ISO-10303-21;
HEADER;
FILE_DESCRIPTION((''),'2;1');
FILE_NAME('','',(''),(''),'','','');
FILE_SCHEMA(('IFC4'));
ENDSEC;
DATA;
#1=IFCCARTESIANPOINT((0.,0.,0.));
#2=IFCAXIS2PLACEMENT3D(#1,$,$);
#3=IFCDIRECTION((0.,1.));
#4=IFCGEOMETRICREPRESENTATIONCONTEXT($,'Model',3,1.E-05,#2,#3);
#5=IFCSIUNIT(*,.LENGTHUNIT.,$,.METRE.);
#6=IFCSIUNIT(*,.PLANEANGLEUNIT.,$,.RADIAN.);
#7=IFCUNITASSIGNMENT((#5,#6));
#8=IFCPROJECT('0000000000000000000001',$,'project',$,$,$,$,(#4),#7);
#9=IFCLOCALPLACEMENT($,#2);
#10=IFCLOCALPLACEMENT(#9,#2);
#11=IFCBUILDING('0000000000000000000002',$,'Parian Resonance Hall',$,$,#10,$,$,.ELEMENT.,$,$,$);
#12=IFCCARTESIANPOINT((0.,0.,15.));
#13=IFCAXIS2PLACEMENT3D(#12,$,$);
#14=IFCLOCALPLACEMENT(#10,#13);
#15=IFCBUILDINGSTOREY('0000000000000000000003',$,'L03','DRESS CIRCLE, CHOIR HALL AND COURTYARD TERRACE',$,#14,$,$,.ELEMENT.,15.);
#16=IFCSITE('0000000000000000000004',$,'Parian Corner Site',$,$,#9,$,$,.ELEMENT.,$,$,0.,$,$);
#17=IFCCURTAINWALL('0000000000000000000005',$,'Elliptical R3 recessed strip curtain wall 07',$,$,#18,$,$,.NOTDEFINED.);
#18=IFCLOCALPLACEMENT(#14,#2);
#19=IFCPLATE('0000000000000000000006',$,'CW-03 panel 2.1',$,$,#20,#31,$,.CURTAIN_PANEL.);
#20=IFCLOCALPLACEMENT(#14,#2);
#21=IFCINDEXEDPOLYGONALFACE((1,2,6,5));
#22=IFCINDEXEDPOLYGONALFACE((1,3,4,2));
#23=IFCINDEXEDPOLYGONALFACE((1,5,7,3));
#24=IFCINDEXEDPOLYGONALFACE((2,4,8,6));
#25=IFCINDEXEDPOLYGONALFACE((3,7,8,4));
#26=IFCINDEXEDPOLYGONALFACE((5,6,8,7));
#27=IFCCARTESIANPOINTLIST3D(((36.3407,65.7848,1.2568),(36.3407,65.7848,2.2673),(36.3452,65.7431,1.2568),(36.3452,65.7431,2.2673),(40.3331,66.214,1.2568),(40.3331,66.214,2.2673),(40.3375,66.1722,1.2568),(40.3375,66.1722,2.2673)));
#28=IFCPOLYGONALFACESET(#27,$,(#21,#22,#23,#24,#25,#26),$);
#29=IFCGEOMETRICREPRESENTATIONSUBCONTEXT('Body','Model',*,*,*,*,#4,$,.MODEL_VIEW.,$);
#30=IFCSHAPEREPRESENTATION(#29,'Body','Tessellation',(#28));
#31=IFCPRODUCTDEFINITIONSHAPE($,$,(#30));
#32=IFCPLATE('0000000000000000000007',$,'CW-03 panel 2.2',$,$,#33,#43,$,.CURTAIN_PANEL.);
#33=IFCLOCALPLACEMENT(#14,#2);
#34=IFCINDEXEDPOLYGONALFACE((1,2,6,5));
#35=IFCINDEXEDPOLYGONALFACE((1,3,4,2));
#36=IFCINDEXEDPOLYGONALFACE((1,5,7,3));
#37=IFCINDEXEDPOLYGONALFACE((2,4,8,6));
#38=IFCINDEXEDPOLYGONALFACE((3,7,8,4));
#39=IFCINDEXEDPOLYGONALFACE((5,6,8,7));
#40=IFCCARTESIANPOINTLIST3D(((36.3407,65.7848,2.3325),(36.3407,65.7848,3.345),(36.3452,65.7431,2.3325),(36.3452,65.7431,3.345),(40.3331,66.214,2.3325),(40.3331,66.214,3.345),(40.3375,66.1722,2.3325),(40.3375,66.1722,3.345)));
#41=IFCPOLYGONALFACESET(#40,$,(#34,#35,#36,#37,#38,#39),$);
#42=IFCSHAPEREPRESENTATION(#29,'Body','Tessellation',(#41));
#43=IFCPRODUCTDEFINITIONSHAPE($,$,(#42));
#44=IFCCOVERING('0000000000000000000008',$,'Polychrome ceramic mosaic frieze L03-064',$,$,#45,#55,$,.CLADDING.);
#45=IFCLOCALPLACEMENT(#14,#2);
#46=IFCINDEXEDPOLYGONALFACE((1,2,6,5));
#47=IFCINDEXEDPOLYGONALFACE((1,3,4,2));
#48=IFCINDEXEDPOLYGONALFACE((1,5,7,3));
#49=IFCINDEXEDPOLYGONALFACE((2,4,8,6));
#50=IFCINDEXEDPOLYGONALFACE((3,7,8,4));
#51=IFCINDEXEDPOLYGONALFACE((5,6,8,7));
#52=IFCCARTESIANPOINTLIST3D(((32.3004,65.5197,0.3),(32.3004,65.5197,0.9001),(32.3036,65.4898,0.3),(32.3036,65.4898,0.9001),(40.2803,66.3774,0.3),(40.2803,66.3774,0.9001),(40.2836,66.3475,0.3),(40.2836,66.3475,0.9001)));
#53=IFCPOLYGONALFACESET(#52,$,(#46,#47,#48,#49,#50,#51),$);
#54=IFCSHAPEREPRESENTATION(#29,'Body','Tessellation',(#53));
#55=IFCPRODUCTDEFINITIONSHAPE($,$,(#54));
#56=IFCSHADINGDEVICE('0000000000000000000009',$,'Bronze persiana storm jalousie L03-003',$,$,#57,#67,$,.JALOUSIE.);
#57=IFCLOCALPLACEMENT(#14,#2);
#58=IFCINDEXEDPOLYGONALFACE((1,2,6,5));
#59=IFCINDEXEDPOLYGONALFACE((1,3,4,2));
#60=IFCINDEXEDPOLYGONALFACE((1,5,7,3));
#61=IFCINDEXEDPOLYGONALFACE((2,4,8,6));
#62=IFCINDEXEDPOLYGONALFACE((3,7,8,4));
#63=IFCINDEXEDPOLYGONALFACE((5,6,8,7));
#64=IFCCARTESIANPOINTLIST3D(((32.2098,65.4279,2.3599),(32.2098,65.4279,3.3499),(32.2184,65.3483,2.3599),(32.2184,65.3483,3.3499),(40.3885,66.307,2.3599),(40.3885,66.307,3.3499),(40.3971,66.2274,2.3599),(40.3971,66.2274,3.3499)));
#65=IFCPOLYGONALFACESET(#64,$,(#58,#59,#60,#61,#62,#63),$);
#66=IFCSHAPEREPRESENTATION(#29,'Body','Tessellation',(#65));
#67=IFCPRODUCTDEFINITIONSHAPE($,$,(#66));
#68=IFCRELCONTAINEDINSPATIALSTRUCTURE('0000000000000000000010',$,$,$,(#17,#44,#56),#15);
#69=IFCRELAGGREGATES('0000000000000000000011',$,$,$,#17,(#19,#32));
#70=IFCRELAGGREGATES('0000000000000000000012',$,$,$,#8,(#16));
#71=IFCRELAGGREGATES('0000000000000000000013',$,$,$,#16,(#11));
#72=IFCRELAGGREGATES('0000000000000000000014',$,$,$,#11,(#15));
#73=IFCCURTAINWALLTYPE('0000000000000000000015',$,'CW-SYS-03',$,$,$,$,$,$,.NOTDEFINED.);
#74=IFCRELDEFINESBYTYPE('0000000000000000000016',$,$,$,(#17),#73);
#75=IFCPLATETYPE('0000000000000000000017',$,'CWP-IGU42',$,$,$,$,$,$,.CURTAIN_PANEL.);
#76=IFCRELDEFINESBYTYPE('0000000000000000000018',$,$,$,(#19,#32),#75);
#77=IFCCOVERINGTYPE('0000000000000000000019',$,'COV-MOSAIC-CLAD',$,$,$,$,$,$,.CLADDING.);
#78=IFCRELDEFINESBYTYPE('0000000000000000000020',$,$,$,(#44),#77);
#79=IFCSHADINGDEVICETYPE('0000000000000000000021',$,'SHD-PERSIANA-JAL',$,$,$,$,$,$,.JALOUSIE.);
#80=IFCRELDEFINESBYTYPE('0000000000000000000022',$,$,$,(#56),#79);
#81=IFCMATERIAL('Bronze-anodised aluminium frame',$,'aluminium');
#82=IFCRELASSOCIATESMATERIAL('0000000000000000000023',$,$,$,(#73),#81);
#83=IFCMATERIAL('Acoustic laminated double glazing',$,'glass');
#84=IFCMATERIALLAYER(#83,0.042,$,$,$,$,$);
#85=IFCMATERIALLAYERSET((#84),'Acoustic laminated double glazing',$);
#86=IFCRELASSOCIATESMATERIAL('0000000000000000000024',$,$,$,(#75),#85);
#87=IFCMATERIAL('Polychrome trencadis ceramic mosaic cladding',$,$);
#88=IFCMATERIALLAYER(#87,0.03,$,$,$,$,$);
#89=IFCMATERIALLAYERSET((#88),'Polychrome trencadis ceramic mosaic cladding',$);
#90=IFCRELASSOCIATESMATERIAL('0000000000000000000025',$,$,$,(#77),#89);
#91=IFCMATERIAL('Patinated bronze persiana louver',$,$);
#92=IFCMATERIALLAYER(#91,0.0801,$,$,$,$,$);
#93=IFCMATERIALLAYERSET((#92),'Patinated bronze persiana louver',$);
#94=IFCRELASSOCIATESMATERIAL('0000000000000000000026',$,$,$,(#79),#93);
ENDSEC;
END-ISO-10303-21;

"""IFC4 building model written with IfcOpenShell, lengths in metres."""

from ifc_helpers import new_model, si_unit, direction, frame, origin, origin_2d, place, context, subcontext, project, spatial, rectangle, extrude, material, layer, layer_set, type_object, element, aggregate, save


model = new_model("IFC4")

# Units and contexts
model_context = context("Model", 3, precision=1e-05, world=origin(), true_north=direction((0.0, 1.0)))
body_context = subcontext(model_context, "Body", "Model", "MODEL_VIEW")
ifc_project = project(units=[si_unit("LENGTHUNIT", "METRE"), si_unit("PLANEANGLEUNIT", "RADIAN")], contexts=[model_context])

# Site, building, storey
site_placement = place(None, origin())
site = spatial("IfcSite", under=ifc_project, at=site_placement, Name="Parian Corner Site", CompositionType="ELEMENT", RefElevation=0.0)
building_placement = place(site_placement, origin())
building = spatial("IfcBuilding", under=site, at=building_placement, Name="Parian Resonance Hall", CompositionType="ELEMENT")
storey_placement = place(building_placement, frame((0.0, 0.0, 15.0)))
storey = spatial("IfcBuildingStorey", under=building, at=storey_placement, Name="L03", Description="DRESS CIRCLE, CHOIR HALL AND COURTYARD TERRACE", CompositionType="ELEMENT", Elevation=15.0)

# Curtain wall
ifc_material_1 = material(Name="Bronze-anodised aluminium frame", Category="aluminium")
curtain_wall_type_1 = type_object("IfcCurtainWallType", Name="CW-SYS-03", PredefinedType="NOTDEFINED", material=ifc_material_1)
curtain_wall_1_placement = place(storey_placement, origin())
curtain_wall_1 = element("IfcCurtainWall", 1, at=curtain_wall_1_placement, inside=storey, type_object=curtain_wall_type_1, Name="Elliptical R3 recessed strip curtain wall 07", PredefinedType="NOTDEFINED")

# Plates
ifc_material_2 = material(Name="Acoustic laminated double glazing", Category="glass")
ifc_layer_1 = layer(ifc_material_2, 0.042)
ifc_layer_set_1 = layer_set([ifc_layer_1], Name="Acoustic laminated double glazing")
plate_type = type_object("IfcPlateType", Name="CWP-IGU42", PredefinedType="CURTAIN_PANEL", material=ifc_layer_set_1)
plate_1_placement = place(storey_placement, frame((38.3391, 65.9785, 1.2568), z_axis=(0.0, 0.0, 1.0), x_axis=(0.994273, 0.106871, 0.0)))
plate_1 = element("IfcPlate", 2, at=plate_1_placement, type_object=plate_type, Name="CW-03 panel 2.1", PredefinedType="CURTAIN_PANEL", context=body_context, shape_type="SweptSolid", body=[
    extrude(rectangle(XDim=4.0154, YDim=0.042, at=origin_2d()), origin(), (0.0, 0.0, 1.0), 1.0105),
])
plate_2_placement = place(storey_placement, frame((38.3391, 65.9785, 2.3325), z_axis=(0.0, 0.0, 1.0), x_axis=(0.994273, 0.106871, 0.0)))
plate_2 = element("IfcPlate", 3, at=plate_2_placement, type_object=plate_type, Name="CW-03 panel 2.2", PredefinedType="CURTAIN_PANEL", context=body_context, shape_type="SweptSolid", body=[
    extrude(rectangle(XDim=4.0154, YDim=0.042, at=origin_2d()), origin(), (0.0, 0.0, 1.0), 1.0125),
])
aggregate(curtain_wall_1, [plate_1, plate_2])

# Covering
ifc_material_3 = material(Name="Polychrome trencadis ceramic mosaic cladding")
ifc_layer_2 = layer(ifc_material_3, 0.03)
ifc_layer_set_2 = layer_set([ifc_layer_2], Name="Polychrome trencadis ceramic mosaic cladding")
covering_type = type_object("IfcCoveringType", Name="COV-MOSAIC-CLAD", PredefinedType="CLADDING", material=ifc_layer_set_2)
covering_placement = place(storey_placement, frame((36.292, 65.9336, 0.3), z_axis=(0.0, 0.0, 1.0), x_axis=(0.994273, 0.106871, 0.0)))
element("IfcCovering", 4, at=covering_placement, inside=storey, type_object=covering_type, Name="Polychrome ceramic mosaic frieze L03-064", PredefinedType="CLADDING", context=body_context, shape_type="SweptSolid", body=[
    extrude(rectangle(XDim=8.0259, YDim=0.03, at=origin_2d()), origin(), (0.0, 0.0, 1.0), 0.6001),
])

# Shading device
ifc_material_4 = material(Name="Patinated bronze persiana louver")
ifc_layer_3 = layer(ifc_material_4, 0.0801)
ifc_layer_set_3 = layer_set([ifc_layer_3], Name="Patinated bronze persiana louver")
shading_device_type = type_object("IfcShadingDeviceType", Name="SHD-PERSIANA-JAL", PredefinedType="JALOUSIE", material=ifc_layer_set_3)
shading_device_placement = place(storey_placement, frame((36.3035, 65.8276, 2.3599), z_axis=(0.0, 0.0, 1.0), x_axis=(0.994273, 0.106871, 0.0)))
element("IfcShadingDevice", 5, at=shading_device_placement, inside=storey, type_object=shading_device_type, Name="Bronze persiana storm jalousie L03-003", PredefinedType="JALOUSIE", context=body_context, shape_type="SweptSolid", body=[
    extrude(rectangle(XDim=8.2258, YDim=0.0801, at=origin_2d()), origin(), (0.0, 0.0, 1.0), 0.99),
])

save(model, "model.ifc")
